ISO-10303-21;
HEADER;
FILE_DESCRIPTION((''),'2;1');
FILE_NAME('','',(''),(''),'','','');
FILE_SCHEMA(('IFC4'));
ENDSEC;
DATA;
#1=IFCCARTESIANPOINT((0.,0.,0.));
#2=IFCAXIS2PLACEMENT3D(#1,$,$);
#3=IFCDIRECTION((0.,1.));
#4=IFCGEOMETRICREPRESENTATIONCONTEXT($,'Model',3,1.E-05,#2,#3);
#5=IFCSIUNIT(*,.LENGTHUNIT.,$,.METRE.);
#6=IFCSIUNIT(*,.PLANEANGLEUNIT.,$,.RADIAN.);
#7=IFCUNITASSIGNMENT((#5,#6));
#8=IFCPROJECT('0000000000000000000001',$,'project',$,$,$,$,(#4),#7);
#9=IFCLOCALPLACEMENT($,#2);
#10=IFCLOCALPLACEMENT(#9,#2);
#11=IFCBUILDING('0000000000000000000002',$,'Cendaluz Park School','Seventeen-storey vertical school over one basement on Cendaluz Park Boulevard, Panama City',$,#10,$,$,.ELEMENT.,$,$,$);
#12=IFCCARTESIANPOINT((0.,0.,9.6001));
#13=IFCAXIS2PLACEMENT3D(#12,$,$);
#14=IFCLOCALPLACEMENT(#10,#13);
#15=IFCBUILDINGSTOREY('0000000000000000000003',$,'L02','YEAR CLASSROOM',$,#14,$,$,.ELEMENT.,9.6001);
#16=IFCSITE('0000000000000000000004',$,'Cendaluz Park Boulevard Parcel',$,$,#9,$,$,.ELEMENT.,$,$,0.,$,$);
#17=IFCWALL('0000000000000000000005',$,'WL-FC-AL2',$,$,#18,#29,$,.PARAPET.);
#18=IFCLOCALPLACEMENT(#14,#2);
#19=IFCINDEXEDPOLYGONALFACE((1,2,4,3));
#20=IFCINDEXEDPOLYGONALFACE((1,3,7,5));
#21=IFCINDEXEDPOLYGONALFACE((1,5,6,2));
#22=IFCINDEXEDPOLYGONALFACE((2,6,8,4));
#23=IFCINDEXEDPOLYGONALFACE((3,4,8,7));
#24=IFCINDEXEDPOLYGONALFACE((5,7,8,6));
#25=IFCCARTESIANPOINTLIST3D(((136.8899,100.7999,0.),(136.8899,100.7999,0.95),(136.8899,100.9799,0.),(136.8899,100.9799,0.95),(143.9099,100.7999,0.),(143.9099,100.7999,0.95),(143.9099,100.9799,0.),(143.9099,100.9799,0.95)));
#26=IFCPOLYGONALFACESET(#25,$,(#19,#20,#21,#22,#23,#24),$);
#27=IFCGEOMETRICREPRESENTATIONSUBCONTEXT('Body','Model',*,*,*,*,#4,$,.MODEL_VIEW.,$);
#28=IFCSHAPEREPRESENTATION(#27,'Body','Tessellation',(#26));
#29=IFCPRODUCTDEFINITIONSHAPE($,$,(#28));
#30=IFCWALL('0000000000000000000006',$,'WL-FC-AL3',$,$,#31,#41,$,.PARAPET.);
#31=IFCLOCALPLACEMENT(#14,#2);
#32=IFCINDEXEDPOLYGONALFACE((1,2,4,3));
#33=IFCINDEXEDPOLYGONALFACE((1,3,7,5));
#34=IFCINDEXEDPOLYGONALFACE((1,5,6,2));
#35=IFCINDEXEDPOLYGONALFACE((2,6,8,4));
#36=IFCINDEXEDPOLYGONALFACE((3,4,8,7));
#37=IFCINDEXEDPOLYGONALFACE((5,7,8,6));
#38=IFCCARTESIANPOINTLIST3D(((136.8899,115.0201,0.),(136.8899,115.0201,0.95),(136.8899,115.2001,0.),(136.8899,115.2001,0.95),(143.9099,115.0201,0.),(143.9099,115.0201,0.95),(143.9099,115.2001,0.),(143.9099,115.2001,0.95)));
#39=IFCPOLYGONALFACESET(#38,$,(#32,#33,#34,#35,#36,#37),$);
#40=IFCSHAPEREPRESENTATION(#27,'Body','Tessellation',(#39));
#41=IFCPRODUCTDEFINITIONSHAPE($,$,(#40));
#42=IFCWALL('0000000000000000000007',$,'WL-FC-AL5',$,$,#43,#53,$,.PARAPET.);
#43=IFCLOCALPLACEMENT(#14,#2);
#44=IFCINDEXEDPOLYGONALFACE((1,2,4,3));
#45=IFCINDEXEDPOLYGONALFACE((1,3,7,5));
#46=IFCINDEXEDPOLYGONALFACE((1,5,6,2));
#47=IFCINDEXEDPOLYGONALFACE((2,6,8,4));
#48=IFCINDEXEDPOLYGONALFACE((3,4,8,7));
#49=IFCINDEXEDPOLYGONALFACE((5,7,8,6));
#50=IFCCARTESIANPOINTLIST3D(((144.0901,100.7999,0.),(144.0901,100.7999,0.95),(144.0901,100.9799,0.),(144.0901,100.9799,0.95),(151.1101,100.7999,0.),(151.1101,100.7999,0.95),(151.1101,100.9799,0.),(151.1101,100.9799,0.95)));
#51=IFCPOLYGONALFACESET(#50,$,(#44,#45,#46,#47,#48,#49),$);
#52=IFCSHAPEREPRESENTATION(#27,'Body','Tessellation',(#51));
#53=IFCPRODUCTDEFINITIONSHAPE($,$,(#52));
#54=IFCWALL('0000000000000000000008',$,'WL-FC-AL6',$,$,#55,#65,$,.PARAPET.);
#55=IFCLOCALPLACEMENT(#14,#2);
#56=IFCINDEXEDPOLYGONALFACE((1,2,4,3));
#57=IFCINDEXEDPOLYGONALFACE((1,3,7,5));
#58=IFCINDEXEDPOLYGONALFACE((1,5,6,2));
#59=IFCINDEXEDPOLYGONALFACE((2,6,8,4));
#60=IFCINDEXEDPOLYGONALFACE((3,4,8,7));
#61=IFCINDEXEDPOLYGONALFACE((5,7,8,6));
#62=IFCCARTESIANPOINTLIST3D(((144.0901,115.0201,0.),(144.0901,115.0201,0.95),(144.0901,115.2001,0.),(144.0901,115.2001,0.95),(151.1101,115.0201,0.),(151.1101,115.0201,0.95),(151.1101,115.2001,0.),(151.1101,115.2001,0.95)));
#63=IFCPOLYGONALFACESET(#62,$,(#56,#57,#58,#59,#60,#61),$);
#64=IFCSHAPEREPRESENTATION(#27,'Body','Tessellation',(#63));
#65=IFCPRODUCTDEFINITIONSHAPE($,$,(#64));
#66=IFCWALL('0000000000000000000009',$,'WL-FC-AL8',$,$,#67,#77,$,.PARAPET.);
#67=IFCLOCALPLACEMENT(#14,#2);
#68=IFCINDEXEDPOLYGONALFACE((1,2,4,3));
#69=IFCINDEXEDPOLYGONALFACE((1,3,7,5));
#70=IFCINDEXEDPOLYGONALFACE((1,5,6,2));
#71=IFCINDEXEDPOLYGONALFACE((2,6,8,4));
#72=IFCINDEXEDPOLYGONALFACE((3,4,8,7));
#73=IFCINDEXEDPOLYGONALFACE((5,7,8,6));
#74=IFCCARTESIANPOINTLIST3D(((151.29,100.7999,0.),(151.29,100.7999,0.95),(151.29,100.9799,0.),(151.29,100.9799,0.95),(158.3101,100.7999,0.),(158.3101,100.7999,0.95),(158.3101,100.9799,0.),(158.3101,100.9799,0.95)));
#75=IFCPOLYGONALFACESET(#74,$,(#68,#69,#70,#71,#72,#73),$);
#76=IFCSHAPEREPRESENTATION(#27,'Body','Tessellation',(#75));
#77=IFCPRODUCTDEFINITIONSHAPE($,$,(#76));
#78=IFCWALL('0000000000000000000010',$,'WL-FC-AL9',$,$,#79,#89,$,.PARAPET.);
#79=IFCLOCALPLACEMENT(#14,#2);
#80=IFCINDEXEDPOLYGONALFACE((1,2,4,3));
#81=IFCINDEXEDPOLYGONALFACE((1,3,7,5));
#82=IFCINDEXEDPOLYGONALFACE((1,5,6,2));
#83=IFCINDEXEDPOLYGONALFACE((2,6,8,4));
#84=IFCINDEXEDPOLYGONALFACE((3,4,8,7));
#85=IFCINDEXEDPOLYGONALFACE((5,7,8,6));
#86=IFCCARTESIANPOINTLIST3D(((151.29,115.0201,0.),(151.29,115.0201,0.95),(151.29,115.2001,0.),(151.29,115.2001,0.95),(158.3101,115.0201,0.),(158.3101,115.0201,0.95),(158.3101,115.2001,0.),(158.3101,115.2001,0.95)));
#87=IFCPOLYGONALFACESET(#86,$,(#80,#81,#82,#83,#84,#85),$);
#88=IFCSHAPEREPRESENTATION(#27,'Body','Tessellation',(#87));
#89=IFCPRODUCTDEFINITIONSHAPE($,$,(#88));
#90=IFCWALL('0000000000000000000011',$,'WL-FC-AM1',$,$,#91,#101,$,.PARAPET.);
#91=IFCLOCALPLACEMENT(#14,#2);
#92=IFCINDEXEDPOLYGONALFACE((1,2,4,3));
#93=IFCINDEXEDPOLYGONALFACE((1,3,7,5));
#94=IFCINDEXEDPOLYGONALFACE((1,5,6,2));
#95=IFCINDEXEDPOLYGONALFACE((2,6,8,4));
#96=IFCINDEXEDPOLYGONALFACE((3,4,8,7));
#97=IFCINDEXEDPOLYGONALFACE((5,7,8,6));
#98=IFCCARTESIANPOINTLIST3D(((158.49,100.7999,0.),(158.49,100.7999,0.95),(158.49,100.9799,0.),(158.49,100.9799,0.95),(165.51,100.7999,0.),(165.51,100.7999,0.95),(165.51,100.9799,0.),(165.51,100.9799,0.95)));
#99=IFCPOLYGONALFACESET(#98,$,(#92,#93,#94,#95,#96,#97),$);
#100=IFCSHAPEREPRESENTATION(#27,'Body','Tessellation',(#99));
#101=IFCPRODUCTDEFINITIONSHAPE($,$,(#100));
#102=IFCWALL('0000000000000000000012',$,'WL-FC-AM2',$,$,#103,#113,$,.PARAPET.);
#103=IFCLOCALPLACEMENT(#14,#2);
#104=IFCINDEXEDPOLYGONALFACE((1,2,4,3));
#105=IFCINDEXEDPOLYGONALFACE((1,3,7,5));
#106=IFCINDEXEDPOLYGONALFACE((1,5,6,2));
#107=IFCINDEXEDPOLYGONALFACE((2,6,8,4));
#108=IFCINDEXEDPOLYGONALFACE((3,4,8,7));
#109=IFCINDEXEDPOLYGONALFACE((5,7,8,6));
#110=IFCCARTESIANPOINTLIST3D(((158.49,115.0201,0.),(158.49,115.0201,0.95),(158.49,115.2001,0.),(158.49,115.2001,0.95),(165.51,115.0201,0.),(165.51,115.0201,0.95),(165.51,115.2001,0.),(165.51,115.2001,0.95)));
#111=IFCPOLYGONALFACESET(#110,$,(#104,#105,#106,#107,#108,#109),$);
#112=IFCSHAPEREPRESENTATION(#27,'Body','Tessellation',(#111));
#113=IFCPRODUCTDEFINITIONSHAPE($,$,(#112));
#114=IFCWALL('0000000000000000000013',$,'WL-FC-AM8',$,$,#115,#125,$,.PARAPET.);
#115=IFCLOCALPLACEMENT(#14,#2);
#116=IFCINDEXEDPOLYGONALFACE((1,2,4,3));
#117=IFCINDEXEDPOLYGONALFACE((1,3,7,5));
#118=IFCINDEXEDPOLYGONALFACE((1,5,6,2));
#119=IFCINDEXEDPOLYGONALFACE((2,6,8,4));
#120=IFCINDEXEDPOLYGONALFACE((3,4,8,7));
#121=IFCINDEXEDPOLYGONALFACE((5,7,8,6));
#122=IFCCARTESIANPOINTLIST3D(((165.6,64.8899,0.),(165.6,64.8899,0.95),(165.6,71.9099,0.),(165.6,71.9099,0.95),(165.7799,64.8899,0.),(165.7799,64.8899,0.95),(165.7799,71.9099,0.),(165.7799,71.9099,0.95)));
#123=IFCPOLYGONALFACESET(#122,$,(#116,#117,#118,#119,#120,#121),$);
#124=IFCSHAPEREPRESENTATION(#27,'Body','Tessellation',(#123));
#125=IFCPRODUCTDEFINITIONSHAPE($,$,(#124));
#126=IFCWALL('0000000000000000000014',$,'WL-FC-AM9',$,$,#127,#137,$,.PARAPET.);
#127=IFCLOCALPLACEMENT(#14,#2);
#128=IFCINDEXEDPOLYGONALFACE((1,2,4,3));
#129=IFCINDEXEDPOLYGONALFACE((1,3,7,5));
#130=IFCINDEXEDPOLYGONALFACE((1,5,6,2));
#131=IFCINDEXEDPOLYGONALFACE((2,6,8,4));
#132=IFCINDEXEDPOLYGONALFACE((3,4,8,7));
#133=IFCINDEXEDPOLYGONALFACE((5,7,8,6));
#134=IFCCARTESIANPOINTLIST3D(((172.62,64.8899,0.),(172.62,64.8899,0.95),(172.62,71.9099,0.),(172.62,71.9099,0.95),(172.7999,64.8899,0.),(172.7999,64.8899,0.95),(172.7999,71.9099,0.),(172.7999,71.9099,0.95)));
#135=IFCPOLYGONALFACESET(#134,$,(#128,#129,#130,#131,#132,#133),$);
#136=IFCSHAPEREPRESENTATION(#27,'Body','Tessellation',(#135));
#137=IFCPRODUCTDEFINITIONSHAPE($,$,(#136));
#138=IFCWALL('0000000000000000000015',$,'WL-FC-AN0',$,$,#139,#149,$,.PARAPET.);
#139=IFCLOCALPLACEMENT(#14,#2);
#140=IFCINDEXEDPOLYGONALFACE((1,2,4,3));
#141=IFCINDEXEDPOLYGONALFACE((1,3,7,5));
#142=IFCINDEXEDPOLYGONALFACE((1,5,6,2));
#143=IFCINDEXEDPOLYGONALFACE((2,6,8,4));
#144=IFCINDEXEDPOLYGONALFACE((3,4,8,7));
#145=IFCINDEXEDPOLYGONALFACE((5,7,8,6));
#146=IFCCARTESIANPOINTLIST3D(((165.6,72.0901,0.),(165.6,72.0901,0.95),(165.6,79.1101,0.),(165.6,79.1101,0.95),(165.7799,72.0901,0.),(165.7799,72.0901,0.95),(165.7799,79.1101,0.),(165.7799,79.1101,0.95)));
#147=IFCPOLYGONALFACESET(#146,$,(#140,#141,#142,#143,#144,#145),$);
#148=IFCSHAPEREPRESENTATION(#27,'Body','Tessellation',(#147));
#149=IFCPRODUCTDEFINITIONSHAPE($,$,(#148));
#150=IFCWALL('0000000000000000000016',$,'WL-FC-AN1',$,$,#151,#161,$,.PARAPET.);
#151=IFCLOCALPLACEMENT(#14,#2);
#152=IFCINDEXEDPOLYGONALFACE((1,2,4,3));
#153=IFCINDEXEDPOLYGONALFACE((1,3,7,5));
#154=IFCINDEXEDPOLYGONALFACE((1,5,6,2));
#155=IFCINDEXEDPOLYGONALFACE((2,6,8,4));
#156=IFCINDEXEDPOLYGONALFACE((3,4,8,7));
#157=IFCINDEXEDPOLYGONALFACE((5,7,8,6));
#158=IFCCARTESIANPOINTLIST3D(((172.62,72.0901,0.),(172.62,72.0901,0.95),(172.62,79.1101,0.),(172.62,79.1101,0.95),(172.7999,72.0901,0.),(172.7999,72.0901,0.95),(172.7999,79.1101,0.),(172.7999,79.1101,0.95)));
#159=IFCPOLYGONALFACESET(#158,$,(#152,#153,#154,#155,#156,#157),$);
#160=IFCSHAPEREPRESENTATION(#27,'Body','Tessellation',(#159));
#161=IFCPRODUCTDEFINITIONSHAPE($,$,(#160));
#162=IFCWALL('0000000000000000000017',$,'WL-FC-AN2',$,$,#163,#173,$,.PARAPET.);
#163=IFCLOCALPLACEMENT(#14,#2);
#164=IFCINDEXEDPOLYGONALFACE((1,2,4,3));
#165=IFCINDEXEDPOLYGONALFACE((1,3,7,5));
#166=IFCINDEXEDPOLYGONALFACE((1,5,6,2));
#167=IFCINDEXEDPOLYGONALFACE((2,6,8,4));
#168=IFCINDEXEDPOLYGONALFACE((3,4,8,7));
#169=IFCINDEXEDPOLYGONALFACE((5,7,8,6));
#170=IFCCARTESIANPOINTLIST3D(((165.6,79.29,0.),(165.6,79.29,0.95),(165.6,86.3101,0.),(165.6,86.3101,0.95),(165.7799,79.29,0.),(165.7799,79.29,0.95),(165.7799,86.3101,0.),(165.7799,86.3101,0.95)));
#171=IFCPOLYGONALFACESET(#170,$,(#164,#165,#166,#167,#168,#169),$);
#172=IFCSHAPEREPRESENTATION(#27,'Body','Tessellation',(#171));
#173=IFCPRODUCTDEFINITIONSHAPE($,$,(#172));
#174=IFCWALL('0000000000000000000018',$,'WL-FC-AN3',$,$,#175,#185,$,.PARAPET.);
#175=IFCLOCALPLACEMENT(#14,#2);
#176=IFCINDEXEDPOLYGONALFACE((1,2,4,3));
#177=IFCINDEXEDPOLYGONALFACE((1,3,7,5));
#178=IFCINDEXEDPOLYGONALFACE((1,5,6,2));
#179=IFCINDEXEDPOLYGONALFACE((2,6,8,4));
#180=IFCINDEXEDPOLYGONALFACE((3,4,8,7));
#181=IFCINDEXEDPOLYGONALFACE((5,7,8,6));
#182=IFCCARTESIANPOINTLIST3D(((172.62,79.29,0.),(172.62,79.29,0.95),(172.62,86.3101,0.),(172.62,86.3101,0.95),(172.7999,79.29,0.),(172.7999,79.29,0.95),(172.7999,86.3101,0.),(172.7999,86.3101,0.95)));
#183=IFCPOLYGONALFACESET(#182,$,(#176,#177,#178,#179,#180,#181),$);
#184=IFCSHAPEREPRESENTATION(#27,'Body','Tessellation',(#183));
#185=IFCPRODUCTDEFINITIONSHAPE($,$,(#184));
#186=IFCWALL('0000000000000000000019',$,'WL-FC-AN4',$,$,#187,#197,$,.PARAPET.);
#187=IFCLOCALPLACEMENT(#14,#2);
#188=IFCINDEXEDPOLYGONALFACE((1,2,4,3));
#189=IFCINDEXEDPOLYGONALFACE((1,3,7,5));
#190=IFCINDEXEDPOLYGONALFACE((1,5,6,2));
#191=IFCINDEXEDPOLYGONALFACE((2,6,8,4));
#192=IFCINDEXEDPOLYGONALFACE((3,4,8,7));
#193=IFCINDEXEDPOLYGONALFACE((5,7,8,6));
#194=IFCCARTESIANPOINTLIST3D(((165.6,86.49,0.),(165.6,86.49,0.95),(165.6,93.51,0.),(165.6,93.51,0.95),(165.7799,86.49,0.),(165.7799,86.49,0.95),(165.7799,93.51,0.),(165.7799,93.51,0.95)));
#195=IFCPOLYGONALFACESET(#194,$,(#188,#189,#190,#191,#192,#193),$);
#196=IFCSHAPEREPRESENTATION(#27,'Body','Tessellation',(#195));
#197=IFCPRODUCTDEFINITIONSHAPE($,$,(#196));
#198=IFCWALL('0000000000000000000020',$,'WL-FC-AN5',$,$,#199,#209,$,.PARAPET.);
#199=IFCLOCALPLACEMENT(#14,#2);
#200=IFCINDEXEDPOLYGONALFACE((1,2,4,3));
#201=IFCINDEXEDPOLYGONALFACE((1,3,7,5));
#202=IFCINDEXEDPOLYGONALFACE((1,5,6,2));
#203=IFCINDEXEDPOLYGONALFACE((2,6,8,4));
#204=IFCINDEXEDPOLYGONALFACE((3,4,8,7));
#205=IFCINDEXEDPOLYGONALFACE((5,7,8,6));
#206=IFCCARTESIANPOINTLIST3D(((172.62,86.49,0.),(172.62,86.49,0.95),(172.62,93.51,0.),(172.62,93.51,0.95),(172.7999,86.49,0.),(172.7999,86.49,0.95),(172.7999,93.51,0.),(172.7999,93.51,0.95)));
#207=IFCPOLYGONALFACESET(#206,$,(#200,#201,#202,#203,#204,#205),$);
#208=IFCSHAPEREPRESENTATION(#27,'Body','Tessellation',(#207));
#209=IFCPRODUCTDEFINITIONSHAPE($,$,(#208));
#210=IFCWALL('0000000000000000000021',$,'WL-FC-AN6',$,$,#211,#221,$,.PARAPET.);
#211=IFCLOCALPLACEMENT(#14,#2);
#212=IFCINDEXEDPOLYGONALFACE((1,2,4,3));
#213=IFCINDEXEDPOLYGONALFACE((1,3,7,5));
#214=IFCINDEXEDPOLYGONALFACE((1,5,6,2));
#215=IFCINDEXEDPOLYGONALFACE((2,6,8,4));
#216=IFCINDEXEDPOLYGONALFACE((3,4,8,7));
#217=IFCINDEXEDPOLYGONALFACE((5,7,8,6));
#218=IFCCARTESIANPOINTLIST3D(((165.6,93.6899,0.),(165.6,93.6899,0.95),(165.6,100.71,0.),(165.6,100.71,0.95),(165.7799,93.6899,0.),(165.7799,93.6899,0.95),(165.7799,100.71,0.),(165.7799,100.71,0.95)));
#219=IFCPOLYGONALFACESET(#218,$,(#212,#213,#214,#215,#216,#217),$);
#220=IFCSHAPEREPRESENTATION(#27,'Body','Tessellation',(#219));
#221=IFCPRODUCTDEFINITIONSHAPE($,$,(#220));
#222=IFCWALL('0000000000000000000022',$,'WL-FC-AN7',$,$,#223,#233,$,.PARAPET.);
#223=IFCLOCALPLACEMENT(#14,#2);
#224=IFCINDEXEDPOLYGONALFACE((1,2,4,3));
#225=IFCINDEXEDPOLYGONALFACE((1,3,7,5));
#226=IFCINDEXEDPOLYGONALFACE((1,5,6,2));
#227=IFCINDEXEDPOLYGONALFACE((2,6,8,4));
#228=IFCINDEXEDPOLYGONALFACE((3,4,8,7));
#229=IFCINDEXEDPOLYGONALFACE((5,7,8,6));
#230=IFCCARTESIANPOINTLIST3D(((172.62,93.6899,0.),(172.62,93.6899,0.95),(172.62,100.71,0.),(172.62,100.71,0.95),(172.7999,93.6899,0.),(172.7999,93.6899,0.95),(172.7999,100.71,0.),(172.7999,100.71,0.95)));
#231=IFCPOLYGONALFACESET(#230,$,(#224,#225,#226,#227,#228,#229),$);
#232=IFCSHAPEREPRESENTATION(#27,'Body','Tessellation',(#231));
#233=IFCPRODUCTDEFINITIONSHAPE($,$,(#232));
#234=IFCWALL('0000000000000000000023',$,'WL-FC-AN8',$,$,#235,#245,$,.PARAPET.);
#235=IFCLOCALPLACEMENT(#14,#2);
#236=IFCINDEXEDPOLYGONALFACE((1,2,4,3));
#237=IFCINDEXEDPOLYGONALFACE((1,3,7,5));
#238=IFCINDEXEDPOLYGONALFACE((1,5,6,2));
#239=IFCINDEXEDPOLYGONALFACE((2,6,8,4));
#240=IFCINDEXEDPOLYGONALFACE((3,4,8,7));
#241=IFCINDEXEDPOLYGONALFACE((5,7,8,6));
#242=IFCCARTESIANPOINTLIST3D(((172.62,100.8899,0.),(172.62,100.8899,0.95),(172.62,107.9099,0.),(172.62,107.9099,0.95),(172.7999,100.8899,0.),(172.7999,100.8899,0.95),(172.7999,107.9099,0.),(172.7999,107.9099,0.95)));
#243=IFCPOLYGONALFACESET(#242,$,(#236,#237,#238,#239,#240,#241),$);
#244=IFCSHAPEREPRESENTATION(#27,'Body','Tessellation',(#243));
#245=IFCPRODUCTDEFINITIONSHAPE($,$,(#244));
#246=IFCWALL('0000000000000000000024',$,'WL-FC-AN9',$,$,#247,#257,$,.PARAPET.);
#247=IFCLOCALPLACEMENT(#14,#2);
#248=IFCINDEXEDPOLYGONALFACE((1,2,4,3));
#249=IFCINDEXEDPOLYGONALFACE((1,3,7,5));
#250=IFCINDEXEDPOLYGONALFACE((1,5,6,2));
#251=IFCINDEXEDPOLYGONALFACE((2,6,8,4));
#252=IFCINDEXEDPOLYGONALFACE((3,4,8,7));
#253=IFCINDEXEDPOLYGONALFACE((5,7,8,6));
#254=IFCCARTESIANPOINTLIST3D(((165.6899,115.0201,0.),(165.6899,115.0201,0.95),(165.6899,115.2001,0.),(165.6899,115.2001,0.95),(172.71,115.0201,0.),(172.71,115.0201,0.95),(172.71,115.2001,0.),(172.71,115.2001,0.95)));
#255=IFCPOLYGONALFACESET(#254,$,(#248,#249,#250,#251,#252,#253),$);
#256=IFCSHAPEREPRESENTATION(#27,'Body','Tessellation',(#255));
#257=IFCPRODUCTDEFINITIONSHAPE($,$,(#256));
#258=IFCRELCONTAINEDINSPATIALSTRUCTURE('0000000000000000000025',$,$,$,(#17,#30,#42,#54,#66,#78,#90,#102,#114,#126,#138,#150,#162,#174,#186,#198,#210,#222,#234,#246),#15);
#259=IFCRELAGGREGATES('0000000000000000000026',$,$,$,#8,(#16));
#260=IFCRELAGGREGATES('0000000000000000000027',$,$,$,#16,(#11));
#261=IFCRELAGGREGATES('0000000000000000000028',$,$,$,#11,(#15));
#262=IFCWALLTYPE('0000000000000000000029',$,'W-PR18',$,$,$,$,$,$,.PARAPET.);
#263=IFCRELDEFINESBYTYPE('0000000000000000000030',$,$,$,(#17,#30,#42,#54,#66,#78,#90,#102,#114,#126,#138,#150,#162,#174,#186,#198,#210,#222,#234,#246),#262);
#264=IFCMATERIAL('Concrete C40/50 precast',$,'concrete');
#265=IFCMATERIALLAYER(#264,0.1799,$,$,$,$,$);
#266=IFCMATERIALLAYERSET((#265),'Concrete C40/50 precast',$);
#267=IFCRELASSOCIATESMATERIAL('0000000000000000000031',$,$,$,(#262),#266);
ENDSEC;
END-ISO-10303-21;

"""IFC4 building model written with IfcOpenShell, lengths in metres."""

from ifc_helpers import new_model, si_unit, direction, frame, frame_2d, origin, place, context, subcontext, project, spatial, rectangle, extrude, material, layer, layer_set, type_object, element, save


model = new_model("IFC4")

# Units and contexts
model_context = context("Model", 3, precision=1e-05, world=origin(), true_north=direction((0.0, 1.0)))
body_context = subcontext(model_context, "Body", "Model", "MODEL_VIEW")
ifc_project = project(units=[si_unit("LENGTHUNIT", "METRE"), si_unit("PLANEANGLEUNIT", "RADIAN")], contexts=[model_context])

# Site, building, storey
site_placement = place(None, origin())
site = spatial("IfcSite", under=ifc_project, at=site_placement, Name="Cendaluz Park Boulevard Parcel", CompositionType="ELEMENT", RefElevation=0.0)
building_placement = place(site_placement, origin())
building = spatial("IfcBuilding", under=site, at=building_placement, Name="Cendaluz Park School", Description="Seventeen-storey vertical school over one basement on Cendaluz Park Boulevard, Panama City", CompositionType="ELEMENT")
storey_placement = place(building_placement, frame((0.0, 0.0, 9.6001)))
storey = spatial("IfcBuildingStorey", under=building, at=storey_placement, Name="L02", Description="YEAR CLASSROOM", CompositionType="ELEMENT", Elevation=9.6001)

# Walls
ifc_material = material(Name="Concrete C40/50 precast", Category="concrete")
ifc_layer = layer(ifc_material, 0.1799)
ifc_layer_set = layer_set([ifc_layer], Name="Concrete C40/50 precast")
wall_type = type_object("IfcWallType", Name="W-PR18", PredefinedType="PARAPET", material=ifc_layer_set)
for number, where, z_axis, x_axis, name in (
    (1, (136.8899, 100.8899, 0.0), (0.0, 0.0, 1.0), (1.0, 0.0, 0.0), "WL-FC-AL2"),
    (2, (136.8899, 115.1101, 0.0), (0.0, 0.0, 1.0), (1.0, 0.0, 0.0), "WL-FC-AL3"),
    (3, (144.0901, 100.8899, 0.0), (0.0, 0.0, 1.0), (1.0, 0.0, 0.0), "WL-FC-AL5"),
    (4, (144.0901, 115.1101, 0.0), (0.0, 0.0, 1.0), (1.0, 0.0, 0.0), "WL-FC-AL6"),
    (5, (151.29, 100.8899, 0.0), (0.0, 0.0, 1.0), (1.0, 0.0, 0.0), "WL-FC-AL8"),
    (6, (151.29, 115.1101, 0.0), (0.0, 0.0, 1.0), (1.0, 0.0, 0.0), "WL-FC-AL9"),
    (7, (158.49, 100.8899, 0.0), (0.0, 0.0, 1.0), (1.0, 0.0, 0.0), "WL-FC-AM1"),
    (8, (158.49, 115.1101, 0.0), (0.0, 0.0, 1.0), (1.0, 0.0, 0.0), "WL-FC-AM2"),
    (9, (165.6899, 64.8899, 0.0), (0.0, 0.0, 1.0), (0.0, 1.0, 0.0), "WL-FC-AM8"),
    (10, (172.71, 64.8899, 0.0), (0.0, 0.0, 1.0), (0.0, 1.0, 0.0), "WL-FC-AM9"),
    (11, (165.6899, 72.0901, 0.0), (0.0, 0.0, 1.0), (0.0, 1.0, 0.0), "WL-FC-AN0"),
    (12, (172.71, 72.0901, 0.0), (0.0, 0.0, 1.0), (0.0, 1.0, 0.0), "WL-FC-AN1"),
    (13, (165.6899, 79.29, 0.0), (0.0, 0.0, 1.0), (0.0, 1.0, 0.0), "WL-FC-AN2"),
    (14, (172.71, 79.29, 0.0), (0.0, 0.0, 1.0), (0.0, 1.0, 0.0), "WL-FC-AN3"),
    (15, (165.6899, 86.49, 0.0), (0.0, 0.0, 1.0), (0.0, 1.0, 0.0), "WL-FC-AN4"),
    (16, (172.71, 86.49, 0.0), (0.0, 0.0, 1.0), (0.0, 1.0, 0.0), "WL-FC-AN5"),
    (17, (165.6899, 93.6899, 0.0), (0.0, 0.0, 1.0), (0.0, 1.0, 0.0), "WL-FC-AN6"),
    (18, (172.71, 93.6899, 0.0), (0.0, 0.0, 1.0), (0.0, 1.0, 0.0), "WL-FC-AN7"),
    (19, (172.71, 100.8899, 0.0), (0.0, 0.0, 1.0), (0.0, 1.0, 0.0), "WL-FC-AN8"),
    (20, (165.6899, 115.1101, 0.0), (0.0, 0.0, 1.0), (1.0, 0.0, 0.0), "WL-FC-AN9"),
):
    element("IfcWall", number, at=place(storey_placement, frame(where, z_axis=z_axis, x_axis=x_axis)), inside=storey, type_object=wall_type, Name=name, PredefinedType="PARAPET", context=body_context, shape_type="SweptSolid", body=[
        extrude(rectangle(XDim=7.02, YDim=0.1799, at=frame_2d((3.51, 0.0))), origin(), (0.0, 0.0, 1.0), 0.95),
    ])

save(model, "model.ifc")
